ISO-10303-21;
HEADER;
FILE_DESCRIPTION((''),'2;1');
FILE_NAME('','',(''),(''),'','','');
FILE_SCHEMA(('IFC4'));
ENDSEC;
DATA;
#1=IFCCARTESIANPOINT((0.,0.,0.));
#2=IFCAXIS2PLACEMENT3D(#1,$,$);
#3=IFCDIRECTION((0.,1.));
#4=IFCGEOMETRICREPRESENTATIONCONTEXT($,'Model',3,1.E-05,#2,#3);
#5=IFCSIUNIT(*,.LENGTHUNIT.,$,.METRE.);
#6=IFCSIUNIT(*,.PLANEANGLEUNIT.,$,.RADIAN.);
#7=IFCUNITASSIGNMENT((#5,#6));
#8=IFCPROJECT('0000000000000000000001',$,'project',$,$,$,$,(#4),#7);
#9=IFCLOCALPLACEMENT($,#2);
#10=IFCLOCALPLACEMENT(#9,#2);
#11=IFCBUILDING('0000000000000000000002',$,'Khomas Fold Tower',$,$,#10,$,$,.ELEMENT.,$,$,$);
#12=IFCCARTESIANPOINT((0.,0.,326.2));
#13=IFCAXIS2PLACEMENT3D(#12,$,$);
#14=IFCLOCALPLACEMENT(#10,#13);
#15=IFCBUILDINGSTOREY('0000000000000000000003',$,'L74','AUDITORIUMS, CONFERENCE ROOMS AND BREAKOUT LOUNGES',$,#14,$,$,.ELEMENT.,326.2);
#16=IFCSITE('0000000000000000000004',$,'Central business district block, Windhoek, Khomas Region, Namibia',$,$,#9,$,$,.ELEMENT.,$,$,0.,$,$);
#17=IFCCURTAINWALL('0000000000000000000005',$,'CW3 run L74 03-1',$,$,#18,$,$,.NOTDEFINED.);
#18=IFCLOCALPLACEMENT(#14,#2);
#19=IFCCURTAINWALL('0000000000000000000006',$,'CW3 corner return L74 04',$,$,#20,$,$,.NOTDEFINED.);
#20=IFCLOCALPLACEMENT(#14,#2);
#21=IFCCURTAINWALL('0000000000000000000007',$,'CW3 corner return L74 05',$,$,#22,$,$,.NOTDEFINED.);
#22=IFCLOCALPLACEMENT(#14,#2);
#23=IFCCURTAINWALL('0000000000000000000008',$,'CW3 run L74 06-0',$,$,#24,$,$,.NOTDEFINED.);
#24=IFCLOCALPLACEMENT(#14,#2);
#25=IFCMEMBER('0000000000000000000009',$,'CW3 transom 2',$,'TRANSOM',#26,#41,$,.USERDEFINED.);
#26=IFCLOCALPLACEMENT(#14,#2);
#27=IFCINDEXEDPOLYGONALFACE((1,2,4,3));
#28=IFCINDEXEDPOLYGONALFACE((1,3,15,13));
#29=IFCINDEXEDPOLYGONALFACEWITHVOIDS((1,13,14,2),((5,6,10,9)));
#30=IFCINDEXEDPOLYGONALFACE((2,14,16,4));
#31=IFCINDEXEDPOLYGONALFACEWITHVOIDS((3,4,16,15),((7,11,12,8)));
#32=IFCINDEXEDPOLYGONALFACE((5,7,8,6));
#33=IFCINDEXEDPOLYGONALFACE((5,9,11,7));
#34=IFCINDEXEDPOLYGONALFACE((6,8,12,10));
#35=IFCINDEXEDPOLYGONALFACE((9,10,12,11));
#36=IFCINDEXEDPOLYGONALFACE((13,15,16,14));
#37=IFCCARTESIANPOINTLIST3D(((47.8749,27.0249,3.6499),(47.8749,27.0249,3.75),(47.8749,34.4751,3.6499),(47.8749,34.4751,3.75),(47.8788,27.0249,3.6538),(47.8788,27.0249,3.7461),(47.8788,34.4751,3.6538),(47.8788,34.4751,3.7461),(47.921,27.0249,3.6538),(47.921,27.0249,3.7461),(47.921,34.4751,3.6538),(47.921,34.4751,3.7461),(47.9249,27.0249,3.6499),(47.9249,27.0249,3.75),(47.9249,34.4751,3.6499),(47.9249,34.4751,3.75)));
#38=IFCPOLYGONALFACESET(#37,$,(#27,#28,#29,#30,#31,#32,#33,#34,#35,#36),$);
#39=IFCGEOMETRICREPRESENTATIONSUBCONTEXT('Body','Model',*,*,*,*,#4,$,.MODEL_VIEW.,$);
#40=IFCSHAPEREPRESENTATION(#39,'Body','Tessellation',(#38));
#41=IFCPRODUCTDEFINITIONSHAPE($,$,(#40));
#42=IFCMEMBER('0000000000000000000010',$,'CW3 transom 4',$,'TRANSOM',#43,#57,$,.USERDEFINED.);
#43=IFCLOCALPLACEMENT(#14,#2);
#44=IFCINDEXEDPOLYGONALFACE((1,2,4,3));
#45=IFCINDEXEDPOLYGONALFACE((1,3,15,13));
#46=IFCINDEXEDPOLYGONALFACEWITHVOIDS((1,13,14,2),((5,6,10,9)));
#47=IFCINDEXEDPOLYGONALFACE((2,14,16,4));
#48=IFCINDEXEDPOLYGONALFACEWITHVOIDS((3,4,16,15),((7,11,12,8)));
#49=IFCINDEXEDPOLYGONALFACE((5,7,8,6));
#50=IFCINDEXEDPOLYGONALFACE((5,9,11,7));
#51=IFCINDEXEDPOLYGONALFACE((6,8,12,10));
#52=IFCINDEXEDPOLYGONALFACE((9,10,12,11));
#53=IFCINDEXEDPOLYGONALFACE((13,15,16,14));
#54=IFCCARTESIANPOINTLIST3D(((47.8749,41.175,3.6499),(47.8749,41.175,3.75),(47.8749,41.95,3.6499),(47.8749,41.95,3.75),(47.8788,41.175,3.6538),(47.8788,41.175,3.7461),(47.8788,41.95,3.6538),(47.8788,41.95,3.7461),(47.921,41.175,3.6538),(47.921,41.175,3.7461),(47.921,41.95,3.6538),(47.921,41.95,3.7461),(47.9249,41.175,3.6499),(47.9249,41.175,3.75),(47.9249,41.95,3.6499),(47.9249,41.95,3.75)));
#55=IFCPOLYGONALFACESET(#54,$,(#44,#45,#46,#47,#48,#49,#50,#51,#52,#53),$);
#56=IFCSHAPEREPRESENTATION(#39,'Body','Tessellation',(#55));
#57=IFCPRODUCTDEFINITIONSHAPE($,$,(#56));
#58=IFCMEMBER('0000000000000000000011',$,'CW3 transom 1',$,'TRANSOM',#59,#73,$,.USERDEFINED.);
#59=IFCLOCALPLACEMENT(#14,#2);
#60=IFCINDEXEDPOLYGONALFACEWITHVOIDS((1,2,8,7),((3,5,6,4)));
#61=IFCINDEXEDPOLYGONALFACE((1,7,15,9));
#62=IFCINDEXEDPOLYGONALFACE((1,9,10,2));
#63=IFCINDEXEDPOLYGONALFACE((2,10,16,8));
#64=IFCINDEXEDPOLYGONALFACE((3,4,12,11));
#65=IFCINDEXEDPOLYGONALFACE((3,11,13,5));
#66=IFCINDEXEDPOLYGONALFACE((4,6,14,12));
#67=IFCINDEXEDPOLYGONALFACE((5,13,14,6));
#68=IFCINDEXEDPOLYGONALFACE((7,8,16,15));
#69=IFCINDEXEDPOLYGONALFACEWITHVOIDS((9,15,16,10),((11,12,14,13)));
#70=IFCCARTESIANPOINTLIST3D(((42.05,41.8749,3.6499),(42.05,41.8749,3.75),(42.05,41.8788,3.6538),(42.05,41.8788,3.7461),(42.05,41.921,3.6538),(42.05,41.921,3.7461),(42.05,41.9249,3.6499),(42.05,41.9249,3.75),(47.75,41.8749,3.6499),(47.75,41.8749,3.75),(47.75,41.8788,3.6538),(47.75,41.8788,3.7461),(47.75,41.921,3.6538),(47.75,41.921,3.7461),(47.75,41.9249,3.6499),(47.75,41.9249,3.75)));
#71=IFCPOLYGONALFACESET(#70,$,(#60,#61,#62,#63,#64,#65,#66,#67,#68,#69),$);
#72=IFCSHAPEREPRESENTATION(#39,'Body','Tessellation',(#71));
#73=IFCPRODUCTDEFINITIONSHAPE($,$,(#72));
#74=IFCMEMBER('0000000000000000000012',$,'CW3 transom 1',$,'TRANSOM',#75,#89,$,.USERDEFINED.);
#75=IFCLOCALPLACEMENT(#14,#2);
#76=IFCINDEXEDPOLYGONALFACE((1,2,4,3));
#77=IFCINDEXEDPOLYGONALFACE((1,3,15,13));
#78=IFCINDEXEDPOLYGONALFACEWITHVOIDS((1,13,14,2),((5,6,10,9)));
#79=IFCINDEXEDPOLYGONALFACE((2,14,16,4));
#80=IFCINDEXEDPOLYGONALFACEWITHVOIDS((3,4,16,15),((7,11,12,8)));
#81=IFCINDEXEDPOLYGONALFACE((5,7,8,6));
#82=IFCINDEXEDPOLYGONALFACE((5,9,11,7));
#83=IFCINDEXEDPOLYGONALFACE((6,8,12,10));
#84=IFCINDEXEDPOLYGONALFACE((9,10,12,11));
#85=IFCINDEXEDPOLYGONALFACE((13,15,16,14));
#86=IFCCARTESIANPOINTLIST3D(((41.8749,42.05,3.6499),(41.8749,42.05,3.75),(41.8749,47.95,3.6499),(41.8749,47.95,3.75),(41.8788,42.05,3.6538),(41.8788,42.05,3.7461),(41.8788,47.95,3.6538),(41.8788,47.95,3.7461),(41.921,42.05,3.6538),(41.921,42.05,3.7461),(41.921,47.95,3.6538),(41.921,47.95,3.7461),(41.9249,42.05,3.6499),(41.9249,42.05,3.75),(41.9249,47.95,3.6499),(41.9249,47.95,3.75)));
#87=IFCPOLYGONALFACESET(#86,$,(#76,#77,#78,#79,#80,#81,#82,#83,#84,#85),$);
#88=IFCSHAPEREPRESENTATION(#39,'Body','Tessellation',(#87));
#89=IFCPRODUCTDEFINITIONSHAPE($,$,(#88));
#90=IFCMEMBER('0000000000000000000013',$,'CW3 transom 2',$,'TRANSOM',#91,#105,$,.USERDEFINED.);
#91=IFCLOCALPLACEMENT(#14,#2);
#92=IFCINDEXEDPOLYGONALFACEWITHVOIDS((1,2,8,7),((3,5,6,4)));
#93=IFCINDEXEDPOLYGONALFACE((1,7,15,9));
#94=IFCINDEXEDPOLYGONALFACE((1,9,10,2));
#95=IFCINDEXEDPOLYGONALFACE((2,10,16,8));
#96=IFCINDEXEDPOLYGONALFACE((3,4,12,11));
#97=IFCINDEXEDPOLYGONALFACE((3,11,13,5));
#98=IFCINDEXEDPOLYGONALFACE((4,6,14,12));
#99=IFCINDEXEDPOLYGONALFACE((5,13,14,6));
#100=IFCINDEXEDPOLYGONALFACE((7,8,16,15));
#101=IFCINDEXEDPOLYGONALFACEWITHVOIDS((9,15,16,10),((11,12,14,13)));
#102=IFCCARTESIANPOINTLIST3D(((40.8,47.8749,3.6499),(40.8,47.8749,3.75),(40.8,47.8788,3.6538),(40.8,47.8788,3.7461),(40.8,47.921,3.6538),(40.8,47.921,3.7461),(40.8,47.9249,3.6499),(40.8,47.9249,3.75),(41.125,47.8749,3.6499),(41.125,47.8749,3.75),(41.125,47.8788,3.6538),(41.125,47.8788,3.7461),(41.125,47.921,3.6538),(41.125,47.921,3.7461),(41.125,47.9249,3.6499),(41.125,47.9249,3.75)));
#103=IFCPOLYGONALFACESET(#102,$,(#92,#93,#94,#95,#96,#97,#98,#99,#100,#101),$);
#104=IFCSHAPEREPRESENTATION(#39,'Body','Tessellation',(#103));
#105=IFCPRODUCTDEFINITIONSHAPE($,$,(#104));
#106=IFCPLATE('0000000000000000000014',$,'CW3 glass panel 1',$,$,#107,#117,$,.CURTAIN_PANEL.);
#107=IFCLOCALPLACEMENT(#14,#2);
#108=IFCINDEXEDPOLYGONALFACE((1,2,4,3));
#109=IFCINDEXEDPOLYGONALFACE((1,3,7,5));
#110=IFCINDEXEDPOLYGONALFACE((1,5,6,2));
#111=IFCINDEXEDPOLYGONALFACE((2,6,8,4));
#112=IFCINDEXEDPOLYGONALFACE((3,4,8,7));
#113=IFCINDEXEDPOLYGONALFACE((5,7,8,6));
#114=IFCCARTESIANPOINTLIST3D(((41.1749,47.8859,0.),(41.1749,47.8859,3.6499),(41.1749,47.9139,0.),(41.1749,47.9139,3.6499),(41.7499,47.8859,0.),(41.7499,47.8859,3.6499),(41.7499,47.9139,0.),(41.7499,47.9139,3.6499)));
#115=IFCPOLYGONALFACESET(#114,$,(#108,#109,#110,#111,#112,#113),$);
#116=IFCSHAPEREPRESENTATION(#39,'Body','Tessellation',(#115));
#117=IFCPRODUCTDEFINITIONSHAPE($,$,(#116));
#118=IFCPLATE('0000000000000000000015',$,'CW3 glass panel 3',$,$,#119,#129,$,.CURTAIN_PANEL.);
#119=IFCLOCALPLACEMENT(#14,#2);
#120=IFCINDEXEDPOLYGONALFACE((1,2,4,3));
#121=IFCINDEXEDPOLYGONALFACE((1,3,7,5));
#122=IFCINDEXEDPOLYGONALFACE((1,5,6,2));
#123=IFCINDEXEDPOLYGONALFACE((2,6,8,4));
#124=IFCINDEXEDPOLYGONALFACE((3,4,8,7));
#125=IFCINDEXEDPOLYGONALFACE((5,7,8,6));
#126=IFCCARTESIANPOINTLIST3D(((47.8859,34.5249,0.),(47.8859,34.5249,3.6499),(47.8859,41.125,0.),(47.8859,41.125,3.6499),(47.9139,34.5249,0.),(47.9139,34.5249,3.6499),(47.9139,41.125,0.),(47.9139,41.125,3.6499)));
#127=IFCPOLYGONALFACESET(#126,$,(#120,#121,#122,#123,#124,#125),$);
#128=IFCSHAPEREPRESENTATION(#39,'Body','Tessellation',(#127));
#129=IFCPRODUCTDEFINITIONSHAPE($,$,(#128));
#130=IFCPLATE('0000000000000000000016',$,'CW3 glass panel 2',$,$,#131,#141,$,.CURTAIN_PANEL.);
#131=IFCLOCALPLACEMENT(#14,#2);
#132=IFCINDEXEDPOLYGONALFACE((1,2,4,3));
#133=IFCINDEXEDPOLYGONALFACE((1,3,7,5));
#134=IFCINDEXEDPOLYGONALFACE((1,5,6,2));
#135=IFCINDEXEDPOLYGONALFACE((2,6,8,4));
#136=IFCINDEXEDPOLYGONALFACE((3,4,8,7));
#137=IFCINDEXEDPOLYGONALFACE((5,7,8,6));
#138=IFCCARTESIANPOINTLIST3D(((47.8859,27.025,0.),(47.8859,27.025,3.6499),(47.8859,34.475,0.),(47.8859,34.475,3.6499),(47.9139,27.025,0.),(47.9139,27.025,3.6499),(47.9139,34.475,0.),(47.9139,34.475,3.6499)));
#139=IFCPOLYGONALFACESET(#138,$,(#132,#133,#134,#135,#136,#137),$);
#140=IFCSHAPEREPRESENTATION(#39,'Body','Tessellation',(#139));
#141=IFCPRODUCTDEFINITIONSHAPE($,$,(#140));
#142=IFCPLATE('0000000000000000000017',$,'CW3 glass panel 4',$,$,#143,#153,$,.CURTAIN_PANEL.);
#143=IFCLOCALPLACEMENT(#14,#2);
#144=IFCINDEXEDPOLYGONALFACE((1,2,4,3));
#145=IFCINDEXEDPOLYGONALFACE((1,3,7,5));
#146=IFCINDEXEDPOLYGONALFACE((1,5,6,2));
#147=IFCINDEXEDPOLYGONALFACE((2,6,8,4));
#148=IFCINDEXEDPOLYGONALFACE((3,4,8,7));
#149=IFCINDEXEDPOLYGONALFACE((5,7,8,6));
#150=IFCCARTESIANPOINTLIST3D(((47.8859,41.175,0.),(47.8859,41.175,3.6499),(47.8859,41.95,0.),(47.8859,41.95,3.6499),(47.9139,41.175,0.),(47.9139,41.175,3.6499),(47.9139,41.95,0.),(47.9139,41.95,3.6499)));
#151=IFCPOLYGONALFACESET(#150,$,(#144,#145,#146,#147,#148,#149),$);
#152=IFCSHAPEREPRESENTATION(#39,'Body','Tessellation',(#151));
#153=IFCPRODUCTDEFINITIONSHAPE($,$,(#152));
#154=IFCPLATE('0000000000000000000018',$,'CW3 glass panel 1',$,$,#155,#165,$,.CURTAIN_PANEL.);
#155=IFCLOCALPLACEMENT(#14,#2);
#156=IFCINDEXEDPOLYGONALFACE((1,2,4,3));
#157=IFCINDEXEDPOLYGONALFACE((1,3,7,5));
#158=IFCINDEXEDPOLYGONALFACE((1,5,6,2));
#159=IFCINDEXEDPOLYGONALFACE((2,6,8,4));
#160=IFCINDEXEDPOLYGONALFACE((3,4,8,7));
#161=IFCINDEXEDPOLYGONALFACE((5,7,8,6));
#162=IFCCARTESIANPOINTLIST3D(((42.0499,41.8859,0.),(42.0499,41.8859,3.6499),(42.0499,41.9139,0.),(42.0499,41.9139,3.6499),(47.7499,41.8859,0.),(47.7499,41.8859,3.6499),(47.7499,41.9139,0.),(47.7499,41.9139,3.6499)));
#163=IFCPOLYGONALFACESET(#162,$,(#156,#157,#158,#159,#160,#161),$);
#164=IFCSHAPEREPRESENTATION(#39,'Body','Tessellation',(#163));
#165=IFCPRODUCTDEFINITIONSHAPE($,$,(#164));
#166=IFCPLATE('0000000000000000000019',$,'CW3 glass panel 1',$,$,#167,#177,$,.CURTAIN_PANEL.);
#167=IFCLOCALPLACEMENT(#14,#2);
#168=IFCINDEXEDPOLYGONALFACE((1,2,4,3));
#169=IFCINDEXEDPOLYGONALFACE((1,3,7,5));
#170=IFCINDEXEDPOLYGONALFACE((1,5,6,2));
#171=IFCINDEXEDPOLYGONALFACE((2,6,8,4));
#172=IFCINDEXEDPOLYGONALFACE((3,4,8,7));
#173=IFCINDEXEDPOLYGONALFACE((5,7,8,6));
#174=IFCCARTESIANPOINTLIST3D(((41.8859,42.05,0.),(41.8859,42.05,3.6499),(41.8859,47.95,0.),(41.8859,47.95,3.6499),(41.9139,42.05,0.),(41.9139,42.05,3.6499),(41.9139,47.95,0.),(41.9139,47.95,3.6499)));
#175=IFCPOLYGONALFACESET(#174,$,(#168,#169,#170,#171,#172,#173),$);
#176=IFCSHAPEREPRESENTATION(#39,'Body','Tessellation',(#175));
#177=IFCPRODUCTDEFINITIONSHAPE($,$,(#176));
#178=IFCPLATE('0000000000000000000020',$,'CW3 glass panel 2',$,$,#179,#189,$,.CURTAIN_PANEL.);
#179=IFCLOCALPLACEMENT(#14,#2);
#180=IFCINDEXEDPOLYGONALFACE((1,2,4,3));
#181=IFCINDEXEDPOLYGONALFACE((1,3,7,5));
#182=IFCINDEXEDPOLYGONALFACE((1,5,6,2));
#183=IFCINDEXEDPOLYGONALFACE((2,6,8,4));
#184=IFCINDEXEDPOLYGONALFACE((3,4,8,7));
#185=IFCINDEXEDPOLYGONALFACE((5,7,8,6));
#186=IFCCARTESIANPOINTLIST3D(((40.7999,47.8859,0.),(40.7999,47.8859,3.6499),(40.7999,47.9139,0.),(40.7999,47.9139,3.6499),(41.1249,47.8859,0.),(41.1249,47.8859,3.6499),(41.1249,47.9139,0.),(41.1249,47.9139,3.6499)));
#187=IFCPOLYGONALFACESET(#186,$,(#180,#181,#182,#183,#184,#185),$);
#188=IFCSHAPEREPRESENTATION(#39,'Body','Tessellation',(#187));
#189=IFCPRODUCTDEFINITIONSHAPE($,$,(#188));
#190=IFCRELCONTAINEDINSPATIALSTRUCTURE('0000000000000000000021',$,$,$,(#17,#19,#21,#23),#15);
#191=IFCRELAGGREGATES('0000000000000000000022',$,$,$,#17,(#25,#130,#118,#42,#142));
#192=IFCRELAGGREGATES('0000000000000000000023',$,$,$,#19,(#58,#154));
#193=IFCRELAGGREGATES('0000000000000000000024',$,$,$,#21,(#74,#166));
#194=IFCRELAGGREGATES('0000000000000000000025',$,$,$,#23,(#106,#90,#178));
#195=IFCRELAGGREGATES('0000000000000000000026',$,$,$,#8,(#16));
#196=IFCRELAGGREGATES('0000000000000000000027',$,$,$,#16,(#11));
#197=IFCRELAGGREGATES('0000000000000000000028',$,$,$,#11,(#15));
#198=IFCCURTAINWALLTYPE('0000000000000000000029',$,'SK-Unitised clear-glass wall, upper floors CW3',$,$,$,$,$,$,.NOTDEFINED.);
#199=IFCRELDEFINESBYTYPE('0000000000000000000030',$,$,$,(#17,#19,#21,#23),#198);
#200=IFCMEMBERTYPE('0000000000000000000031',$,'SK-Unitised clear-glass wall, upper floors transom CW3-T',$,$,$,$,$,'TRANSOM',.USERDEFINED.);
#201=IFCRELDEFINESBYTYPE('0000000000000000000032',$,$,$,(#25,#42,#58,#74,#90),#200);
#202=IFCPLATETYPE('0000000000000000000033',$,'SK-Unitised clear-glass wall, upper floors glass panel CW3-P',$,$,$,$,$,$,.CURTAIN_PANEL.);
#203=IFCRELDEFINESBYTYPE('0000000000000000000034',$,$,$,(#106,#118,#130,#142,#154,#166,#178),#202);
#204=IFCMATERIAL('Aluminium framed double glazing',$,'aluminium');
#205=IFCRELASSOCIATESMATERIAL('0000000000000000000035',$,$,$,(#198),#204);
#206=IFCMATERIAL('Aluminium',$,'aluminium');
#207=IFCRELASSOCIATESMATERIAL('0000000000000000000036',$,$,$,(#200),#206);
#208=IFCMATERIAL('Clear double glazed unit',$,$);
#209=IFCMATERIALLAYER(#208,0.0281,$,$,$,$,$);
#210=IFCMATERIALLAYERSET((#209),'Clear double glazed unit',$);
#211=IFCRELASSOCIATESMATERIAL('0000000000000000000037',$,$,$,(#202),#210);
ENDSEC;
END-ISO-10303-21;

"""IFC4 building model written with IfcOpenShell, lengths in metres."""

from ifc_helpers import new_model, si_unit, direction, frame, origin, origin_2d, place, context, subcontext, project, spatial, rectangle, hollow_rectangle, extrude, source, transform, mapped, material, layer, layer_set, material_profile, profile_set, type_object, element, aggregate, save


model = new_model("IFC4")

# Units and contexts
model_context = context("Model", 3, precision=1e-05, world=origin(), true_north=direction((0.0, 1.0)))
body_context = subcontext(model_context, "Body", "Model", "MODEL_VIEW")
ifc_project = project(units=[si_unit("LENGTHUNIT", "METRE"), si_unit("PLANEANGLEUNIT", "RADIAN")], contexts=[model_context])

# Site, building, storey
site_placement = place(None, origin())
site = spatial("IfcSite", under=ifc_project, at=site_placement, Name="Central business district block, Windhoek, Khomas Region, Namibia", CompositionType="ELEMENT", RefElevation=0.0)
building_placement = place(site_placement, origin())
building = spatial("IfcBuilding", under=site, at=building_placement, Name="Khomas Fold Tower", CompositionType="ELEMENT")
storey_placement = place(building_placement, frame((0.0, 0.0, 326.2)))
storey = spatial("IfcBuildingStorey", under=building, at=storey_placement, Name="L74", Description="AUDITORIUMS, CONFERENCE ROOMS AND BREAKOUT LOUNGES", CompositionType="ELEMENT", Elevation=326.2)

# Curtain walls
ifc_material_1 = material(Name="Aluminium framed double glazing", Category="aluminium")
curtain_wall_type = type_object("IfcCurtainWallType", Name="SK-Unitised clear-glass wall, upper floors CW3", PredefinedType="NOTDEFINED", material=ifc_material_1)
curtain_wall_1_placement = place(storey_placement, origin())
curtain_wall_1 = element("IfcCurtainWall", 1, at=curtain_wall_1_placement, inside=storey, type_object=curtain_wall_type, Name="CW3 run L74 03-1", PredefinedType="NOTDEFINED")
curtain_wall_2_placement = place(storey_placement, origin())
curtain_wall_2 = element("IfcCurtainWall", 2, at=curtain_wall_2_placement, inside=storey, type_object=curtain_wall_type, Name="CW3 corner return L74 04", PredefinedType="NOTDEFINED")
curtain_wall_3_placement = place(storey_placement, origin())
curtain_wall_3 = element("IfcCurtainWall", 3, at=curtain_wall_3_placement, inside=storey, type_object=curtain_wall_type, Name="CW3 corner return L74 05", PredefinedType="NOTDEFINED")
curtain_wall_4_placement = place(storey_placement, origin())
curtain_wall_4 = element("IfcCurtainWall", 4, at=curtain_wall_4_placement, inside=storey, type_object=curtain_wall_type, Name="CW3 run L74 06-0", PredefinedType="NOTDEFINED")
ifc_material_2 = material(Name="Aluminium", Category="aluminium")
ifc_material_profile_1 = material_profile(ifc_material_2, hollow_rectangle(XDim=0.05, YDim=0.1001, WallThickness=0.0039, at=origin_2d()), Name="SK-Unitised clear-glass wall, upper floors transom CW3-T")
ifc_profile_set_1 = profile_set([ifc_material_profile_1], Name="Aluminium")
member_type_1 = type_object("IfcMemberType", Name="SK-Unitised clear-glass wall, upper floors transom CW3-T", ElementType="TRANSOM", PredefinedType="USERDEFINED", material=ifc_profile_set_1)

# Members
shared_shape_1 = source(origin(), body_context, "Body", "SweptSolid", [
    extrude(hollow_rectangle(XDim=0.05, YDim=0.1001, WallThickness=0.0039, at=origin_2d()), origin(), (0.0, 0.0, 1.0), 7.4502),
])
member_1_placement = place(storey_placement, frame((47.8999, 27.0249, 3.7), z_axis=(0.0, 1.0, 0.0), x_axis=(-1.0, 0.0, 0.0)))
member_1 = element("IfcMember", 5, at=member_1_placement, type_object=member_type_1, Name="CW3 transom 2", ObjectType="TRANSOM", PredefinedType="USERDEFINED", context=body_context, shape_type="MappedRepresentation", body=[
    mapped(shared_shape_1, transform((0.0, 0.0, 0.0))),
])
shared_shape_2 = source(origin(), body_context, "Body", "SweptSolid", [
    extrude(hollow_rectangle(XDim=0.05, YDim=0.1001, WallThickness=0.0039, at=origin_2d()), origin(), (0.0, 0.0, 1.0), 0.7749),
])
member_2_placement = place(storey_placement, frame((47.8999, 41.175, 3.7), z_axis=(0.0, 1.0, 0.0), x_axis=(-1.0, 0.0, 0.0)))
member_2 = element("IfcMember", 6, at=member_2_placement, type_object=member_type_1, Name="CW3 transom 4", ObjectType="TRANSOM", PredefinedType="USERDEFINED", context=body_context, shape_type="MappedRepresentation", body=[
    mapped(shared_shape_2, transform((0.0, 0.0, 0.0))),
])
shared_shape_3 = source(origin(), body_context, "Body", "SweptSolid", [
    extrude(hollow_rectangle(XDim=0.05, YDim=0.1001, WallThickness=0.0039, at=origin_2d()), origin(), (0.0, 0.0, 1.0), 5.7),
])
member_3_placement = place(storey_placement, frame((47.75, 41.8999, 3.7), z_axis=(-1.0, 0.0, 0.0), x_axis=(0.0, -1.0, 0.0)))
member_3 = element("IfcMember", 7, at=member_3_placement, type_object=member_type_1, Name="CW3 transom 1", ObjectType="TRANSOM", PredefinedType="USERDEFINED", context=body_context, shape_type="MappedRepresentation", body=[
    mapped(shared_shape_3, transform((0.0, 0.0, 0.0))),
])
shared_shape_4 = source(origin(), body_context, "Body", "SweptSolid", [
    extrude(hollow_rectangle(XDim=0.05, YDim=0.1001, WallThickness=0.0039, at=origin_2d()), origin(), (0.0, 0.0, 1.0), 5.8999),
])
member_4_placement = place(storey_placement, frame((41.8999, 42.05, 3.7), z_axis=(0.0, 1.0, 0.0), x_axis=(-1.0, 0.0, 0.0)))
member_4 = element("IfcMember", 8, at=member_4_placement, type_object=member_type_1, Name="CW3 transom 1", ObjectType="TRANSOM", PredefinedType="USERDEFINED", context=body_context, shape_type="MappedRepresentation", body=[
    mapped(shared_shape_4, transform((0.0, 0.0, 0.0))),
])
shared_shape_5 = source(origin(), body_context, "Body", "SweptSolid", [
    extrude(hollow_rectangle(XDim=0.05, YDim=0.1001, WallThickness=0.0039, at=origin_2d()), origin(), (0.0, 0.0, 1.0), 0.325),
])
member_5_placement = place(storey_placement, frame((41.125, 47.8999, 3.7), z_axis=(-1.0, 0.0, 0.0), x_axis=(0.0, -1.0, 0.0)))
member_5 = element("IfcMember", 9, at=member_5_placement, type_object=member_type_1, Name="CW3 transom 2", ObjectType="TRANSOM", PredefinedType="USERDEFINED", context=body_context, shape_type="MappedRepresentation", body=[
    mapped(shared_shape_5, transform((0.0, 0.0, 0.0))),
])

# Plates
ifc_material_3 = material(Name="Clear double glazed unit")
ifc_layer_1 = layer(ifc_material_3, 0.0281)
ifc_layer_set_1 = layer_set([ifc_layer_1], Name="Clear double glazed unit")
plate_type = type_object("IfcPlateType", Name="SK-Unitised clear-glass wall, upper floors glass panel CW3-P", PredefinedType="CURTAIN_PANEL", material=ifc_layer_set_1)
shared_shape_6 = source(origin(), body_context, "Body", "SweptSolid", [
    extrude(rectangle(XDim=0.575, YDim=0.0281, at=origin_2d()), origin(), (0.0, 0.0, 1.0), 3.6499),
])
plate_1_placement = place(storey_placement, frame((41.4624, 47.8999, 0.0), z_axis=(0.0, 0.0, 1.0), x_axis=(-1.0, 0.0, 0.0)))
plate_1 = element("IfcPlate", 10, at=plate_1_placement, type_object=plate_type, Name="CW3 glass panel 1", PredefinedType="CURTAIN_PANEL", context=body_context, shape_type="MappedRepresentation", body=[
    mapped(shared_shape_6, transform((0.0, 0.0, 0.0))),
])
shared_shape_7 = source(origin(), body_context, "Body", "SweptSolid", [
    extrude(rectangle(XDim=6.6001, YDim=0.0281, at=origin_2d()), origin(), (0.0, 0.0, 1.0), 3.6499),
])
plate_2_placement = place(storey_placement, frame((47.8999, 37.825, 0.0), z_axis=(0.0, 0.0, 1.0), x_axis=(0.0, 1.0, 0.0)))
plate_2 = element("IfcPlate", 11, at=plate_2_placement, type_object=plate_type, Name="CW3 glass panel 3", PredefinedType="CURTAIN_PANEL", context=body_context, shape_type="MappedRepresentation", body=[
    mapped(shared_shape_7, transform((0.0, 0.0, 0.0))),
])
shared_shape_8 = source(origin(), body_context, "Body", "SweptSolid", [
    extrude(rectangle(XDim=7.45, YDim=0.0281, at=origin_2d()), origin(), (0.0, 0.0, 1.0), 3.6499),
])
plate_3_placement = place(storey_placement, frame((47.8999, 30.75, 0.0), z_axis=(0.0, 0.0, 1.0), x_axis=(0.0, 1.0, 0.0)))
plate_3 = element("IfcPlate", 12, at=plate_3_placement, type_object=plate_type, Name="CW3 glass panel 2", PredefinedType="CURTAIN_PANEL", context=body_context, shape_type="MappedRepresentation", body=[
    mapped(shared_shape_8, transform((0.0, 0.0, 0.0))),
])
shared_shape_9 = source(origin(), body_context, "Body", "SweptSolid", [
    extrude(rectangle(XDim=0.7749, YDim=0.0281, at=origin_2d()), origin(), (0.0, 0.0, 1.0), 3.6499),
])
plate_4_placement = place(storey_placement, frame((47.8999, 41.5625, 0.0), z_axis=(0.0, 0.0, 1.0), x_axis=(0.0, 1.0, 0.0)))
plate_4 = element("IfcPlate", 13, at=plate_4_placement, type_object=plate_type, Name="CW3 glass panel 4", PredefinedType="CURTAIN_PANEL", context=body_context, shape_type="MappedRepresentation", body=[
    mapped(shared_shape_9, transform((0.0, 0.0, 0.0))),
])
aggregate(curtain_wall_1, [member_1, plate_3, plate_2, member_2, plate_4])
shared_shape_10 = source(origin(), body_context, "Body", "SweptSolid", [
    extrude(rectangle(XDim=5.7, YDim=0.0281, at=origin_2d()), origin(), (0.0, 0.0, 1.0), 3.6499),
])
plate_5_placement = place(storey_placement, frame((44.8999, 41.8999, 0.0), z_axis=(0.0, 0.0, 1.0), x_axis=(-1.0, 0.0, 0.0)))
plate_5 = element("IfcPlate", 14, at=plate_5_placement, type_object=plate_type, Name="CW3 glass panel 1", PredefinedType="CURTAIN_PANEL", context=body_context, shape_type="MappedRepresentation", body=[
    mapped(shared_shape_10, transform((0.0, 0.0, 0.0))),
])
aggregate(curtain_wall_2, [member_3, plate_5])
shared_shape_11 = source(origin(), body_context, "Body", "SweptSolid", [
    extrude(rectangle(XDim=5.8999, YDim=0.0281, at=origin_2d()), origin(), (0.0, 0.0, 1.0), 3.6499),
])
plate_6_placement = place(storey_placement, frame((41.8999, 45.0, 0.0), z_axis=(0.0, 0.0, 1.0), x_axis=(0.0, 1.0, 0.0)))
plate_6 = element("IfcPlate", 15, at=plate_6_placement, type_object=plate_type, Name="CW3 glass panel 1", PredefinedType="CURTAIN_PANEL", context=body_context, shape_type="MappedRepresentation", body=[
    mapped(shared_shape_11, transform((0.0, 0.0, 0.0))),
])
aggregate(curtain_wall_3, [member_4, plate_6])
shared_shape_12 = source(origin(), body_context, "Body", "SweptSolid", [
    extrude(rectangle(XDim=0.325, YDim=0.0281, at=origin_2d()), origin(), (0.0, 0.0, 1.0), 3.6499),
])
plate_7_placement = place(storey_placement, frame((40.9624, 47.8999, 0.0), z_axis=(0.0, 0.0, 1.0), x_axis=(-1.0, 0.0, 0.0)))
plate_7 = element("IfcPlate", 16, at=plate_7_placement, type_object=plate_type, Name="CW3 glass panel 2", PredefinedType="CURTAIN_PANEL", context=body_context, shape_type="MappedRepresentation", body=[
    mapped(shared_shape_12, transform((0.0, 0.0, 0.0))),
])
aggregate(curtain_wall_4, [plate_1, member_5, plate_7])

save(model, "model.ifc")
